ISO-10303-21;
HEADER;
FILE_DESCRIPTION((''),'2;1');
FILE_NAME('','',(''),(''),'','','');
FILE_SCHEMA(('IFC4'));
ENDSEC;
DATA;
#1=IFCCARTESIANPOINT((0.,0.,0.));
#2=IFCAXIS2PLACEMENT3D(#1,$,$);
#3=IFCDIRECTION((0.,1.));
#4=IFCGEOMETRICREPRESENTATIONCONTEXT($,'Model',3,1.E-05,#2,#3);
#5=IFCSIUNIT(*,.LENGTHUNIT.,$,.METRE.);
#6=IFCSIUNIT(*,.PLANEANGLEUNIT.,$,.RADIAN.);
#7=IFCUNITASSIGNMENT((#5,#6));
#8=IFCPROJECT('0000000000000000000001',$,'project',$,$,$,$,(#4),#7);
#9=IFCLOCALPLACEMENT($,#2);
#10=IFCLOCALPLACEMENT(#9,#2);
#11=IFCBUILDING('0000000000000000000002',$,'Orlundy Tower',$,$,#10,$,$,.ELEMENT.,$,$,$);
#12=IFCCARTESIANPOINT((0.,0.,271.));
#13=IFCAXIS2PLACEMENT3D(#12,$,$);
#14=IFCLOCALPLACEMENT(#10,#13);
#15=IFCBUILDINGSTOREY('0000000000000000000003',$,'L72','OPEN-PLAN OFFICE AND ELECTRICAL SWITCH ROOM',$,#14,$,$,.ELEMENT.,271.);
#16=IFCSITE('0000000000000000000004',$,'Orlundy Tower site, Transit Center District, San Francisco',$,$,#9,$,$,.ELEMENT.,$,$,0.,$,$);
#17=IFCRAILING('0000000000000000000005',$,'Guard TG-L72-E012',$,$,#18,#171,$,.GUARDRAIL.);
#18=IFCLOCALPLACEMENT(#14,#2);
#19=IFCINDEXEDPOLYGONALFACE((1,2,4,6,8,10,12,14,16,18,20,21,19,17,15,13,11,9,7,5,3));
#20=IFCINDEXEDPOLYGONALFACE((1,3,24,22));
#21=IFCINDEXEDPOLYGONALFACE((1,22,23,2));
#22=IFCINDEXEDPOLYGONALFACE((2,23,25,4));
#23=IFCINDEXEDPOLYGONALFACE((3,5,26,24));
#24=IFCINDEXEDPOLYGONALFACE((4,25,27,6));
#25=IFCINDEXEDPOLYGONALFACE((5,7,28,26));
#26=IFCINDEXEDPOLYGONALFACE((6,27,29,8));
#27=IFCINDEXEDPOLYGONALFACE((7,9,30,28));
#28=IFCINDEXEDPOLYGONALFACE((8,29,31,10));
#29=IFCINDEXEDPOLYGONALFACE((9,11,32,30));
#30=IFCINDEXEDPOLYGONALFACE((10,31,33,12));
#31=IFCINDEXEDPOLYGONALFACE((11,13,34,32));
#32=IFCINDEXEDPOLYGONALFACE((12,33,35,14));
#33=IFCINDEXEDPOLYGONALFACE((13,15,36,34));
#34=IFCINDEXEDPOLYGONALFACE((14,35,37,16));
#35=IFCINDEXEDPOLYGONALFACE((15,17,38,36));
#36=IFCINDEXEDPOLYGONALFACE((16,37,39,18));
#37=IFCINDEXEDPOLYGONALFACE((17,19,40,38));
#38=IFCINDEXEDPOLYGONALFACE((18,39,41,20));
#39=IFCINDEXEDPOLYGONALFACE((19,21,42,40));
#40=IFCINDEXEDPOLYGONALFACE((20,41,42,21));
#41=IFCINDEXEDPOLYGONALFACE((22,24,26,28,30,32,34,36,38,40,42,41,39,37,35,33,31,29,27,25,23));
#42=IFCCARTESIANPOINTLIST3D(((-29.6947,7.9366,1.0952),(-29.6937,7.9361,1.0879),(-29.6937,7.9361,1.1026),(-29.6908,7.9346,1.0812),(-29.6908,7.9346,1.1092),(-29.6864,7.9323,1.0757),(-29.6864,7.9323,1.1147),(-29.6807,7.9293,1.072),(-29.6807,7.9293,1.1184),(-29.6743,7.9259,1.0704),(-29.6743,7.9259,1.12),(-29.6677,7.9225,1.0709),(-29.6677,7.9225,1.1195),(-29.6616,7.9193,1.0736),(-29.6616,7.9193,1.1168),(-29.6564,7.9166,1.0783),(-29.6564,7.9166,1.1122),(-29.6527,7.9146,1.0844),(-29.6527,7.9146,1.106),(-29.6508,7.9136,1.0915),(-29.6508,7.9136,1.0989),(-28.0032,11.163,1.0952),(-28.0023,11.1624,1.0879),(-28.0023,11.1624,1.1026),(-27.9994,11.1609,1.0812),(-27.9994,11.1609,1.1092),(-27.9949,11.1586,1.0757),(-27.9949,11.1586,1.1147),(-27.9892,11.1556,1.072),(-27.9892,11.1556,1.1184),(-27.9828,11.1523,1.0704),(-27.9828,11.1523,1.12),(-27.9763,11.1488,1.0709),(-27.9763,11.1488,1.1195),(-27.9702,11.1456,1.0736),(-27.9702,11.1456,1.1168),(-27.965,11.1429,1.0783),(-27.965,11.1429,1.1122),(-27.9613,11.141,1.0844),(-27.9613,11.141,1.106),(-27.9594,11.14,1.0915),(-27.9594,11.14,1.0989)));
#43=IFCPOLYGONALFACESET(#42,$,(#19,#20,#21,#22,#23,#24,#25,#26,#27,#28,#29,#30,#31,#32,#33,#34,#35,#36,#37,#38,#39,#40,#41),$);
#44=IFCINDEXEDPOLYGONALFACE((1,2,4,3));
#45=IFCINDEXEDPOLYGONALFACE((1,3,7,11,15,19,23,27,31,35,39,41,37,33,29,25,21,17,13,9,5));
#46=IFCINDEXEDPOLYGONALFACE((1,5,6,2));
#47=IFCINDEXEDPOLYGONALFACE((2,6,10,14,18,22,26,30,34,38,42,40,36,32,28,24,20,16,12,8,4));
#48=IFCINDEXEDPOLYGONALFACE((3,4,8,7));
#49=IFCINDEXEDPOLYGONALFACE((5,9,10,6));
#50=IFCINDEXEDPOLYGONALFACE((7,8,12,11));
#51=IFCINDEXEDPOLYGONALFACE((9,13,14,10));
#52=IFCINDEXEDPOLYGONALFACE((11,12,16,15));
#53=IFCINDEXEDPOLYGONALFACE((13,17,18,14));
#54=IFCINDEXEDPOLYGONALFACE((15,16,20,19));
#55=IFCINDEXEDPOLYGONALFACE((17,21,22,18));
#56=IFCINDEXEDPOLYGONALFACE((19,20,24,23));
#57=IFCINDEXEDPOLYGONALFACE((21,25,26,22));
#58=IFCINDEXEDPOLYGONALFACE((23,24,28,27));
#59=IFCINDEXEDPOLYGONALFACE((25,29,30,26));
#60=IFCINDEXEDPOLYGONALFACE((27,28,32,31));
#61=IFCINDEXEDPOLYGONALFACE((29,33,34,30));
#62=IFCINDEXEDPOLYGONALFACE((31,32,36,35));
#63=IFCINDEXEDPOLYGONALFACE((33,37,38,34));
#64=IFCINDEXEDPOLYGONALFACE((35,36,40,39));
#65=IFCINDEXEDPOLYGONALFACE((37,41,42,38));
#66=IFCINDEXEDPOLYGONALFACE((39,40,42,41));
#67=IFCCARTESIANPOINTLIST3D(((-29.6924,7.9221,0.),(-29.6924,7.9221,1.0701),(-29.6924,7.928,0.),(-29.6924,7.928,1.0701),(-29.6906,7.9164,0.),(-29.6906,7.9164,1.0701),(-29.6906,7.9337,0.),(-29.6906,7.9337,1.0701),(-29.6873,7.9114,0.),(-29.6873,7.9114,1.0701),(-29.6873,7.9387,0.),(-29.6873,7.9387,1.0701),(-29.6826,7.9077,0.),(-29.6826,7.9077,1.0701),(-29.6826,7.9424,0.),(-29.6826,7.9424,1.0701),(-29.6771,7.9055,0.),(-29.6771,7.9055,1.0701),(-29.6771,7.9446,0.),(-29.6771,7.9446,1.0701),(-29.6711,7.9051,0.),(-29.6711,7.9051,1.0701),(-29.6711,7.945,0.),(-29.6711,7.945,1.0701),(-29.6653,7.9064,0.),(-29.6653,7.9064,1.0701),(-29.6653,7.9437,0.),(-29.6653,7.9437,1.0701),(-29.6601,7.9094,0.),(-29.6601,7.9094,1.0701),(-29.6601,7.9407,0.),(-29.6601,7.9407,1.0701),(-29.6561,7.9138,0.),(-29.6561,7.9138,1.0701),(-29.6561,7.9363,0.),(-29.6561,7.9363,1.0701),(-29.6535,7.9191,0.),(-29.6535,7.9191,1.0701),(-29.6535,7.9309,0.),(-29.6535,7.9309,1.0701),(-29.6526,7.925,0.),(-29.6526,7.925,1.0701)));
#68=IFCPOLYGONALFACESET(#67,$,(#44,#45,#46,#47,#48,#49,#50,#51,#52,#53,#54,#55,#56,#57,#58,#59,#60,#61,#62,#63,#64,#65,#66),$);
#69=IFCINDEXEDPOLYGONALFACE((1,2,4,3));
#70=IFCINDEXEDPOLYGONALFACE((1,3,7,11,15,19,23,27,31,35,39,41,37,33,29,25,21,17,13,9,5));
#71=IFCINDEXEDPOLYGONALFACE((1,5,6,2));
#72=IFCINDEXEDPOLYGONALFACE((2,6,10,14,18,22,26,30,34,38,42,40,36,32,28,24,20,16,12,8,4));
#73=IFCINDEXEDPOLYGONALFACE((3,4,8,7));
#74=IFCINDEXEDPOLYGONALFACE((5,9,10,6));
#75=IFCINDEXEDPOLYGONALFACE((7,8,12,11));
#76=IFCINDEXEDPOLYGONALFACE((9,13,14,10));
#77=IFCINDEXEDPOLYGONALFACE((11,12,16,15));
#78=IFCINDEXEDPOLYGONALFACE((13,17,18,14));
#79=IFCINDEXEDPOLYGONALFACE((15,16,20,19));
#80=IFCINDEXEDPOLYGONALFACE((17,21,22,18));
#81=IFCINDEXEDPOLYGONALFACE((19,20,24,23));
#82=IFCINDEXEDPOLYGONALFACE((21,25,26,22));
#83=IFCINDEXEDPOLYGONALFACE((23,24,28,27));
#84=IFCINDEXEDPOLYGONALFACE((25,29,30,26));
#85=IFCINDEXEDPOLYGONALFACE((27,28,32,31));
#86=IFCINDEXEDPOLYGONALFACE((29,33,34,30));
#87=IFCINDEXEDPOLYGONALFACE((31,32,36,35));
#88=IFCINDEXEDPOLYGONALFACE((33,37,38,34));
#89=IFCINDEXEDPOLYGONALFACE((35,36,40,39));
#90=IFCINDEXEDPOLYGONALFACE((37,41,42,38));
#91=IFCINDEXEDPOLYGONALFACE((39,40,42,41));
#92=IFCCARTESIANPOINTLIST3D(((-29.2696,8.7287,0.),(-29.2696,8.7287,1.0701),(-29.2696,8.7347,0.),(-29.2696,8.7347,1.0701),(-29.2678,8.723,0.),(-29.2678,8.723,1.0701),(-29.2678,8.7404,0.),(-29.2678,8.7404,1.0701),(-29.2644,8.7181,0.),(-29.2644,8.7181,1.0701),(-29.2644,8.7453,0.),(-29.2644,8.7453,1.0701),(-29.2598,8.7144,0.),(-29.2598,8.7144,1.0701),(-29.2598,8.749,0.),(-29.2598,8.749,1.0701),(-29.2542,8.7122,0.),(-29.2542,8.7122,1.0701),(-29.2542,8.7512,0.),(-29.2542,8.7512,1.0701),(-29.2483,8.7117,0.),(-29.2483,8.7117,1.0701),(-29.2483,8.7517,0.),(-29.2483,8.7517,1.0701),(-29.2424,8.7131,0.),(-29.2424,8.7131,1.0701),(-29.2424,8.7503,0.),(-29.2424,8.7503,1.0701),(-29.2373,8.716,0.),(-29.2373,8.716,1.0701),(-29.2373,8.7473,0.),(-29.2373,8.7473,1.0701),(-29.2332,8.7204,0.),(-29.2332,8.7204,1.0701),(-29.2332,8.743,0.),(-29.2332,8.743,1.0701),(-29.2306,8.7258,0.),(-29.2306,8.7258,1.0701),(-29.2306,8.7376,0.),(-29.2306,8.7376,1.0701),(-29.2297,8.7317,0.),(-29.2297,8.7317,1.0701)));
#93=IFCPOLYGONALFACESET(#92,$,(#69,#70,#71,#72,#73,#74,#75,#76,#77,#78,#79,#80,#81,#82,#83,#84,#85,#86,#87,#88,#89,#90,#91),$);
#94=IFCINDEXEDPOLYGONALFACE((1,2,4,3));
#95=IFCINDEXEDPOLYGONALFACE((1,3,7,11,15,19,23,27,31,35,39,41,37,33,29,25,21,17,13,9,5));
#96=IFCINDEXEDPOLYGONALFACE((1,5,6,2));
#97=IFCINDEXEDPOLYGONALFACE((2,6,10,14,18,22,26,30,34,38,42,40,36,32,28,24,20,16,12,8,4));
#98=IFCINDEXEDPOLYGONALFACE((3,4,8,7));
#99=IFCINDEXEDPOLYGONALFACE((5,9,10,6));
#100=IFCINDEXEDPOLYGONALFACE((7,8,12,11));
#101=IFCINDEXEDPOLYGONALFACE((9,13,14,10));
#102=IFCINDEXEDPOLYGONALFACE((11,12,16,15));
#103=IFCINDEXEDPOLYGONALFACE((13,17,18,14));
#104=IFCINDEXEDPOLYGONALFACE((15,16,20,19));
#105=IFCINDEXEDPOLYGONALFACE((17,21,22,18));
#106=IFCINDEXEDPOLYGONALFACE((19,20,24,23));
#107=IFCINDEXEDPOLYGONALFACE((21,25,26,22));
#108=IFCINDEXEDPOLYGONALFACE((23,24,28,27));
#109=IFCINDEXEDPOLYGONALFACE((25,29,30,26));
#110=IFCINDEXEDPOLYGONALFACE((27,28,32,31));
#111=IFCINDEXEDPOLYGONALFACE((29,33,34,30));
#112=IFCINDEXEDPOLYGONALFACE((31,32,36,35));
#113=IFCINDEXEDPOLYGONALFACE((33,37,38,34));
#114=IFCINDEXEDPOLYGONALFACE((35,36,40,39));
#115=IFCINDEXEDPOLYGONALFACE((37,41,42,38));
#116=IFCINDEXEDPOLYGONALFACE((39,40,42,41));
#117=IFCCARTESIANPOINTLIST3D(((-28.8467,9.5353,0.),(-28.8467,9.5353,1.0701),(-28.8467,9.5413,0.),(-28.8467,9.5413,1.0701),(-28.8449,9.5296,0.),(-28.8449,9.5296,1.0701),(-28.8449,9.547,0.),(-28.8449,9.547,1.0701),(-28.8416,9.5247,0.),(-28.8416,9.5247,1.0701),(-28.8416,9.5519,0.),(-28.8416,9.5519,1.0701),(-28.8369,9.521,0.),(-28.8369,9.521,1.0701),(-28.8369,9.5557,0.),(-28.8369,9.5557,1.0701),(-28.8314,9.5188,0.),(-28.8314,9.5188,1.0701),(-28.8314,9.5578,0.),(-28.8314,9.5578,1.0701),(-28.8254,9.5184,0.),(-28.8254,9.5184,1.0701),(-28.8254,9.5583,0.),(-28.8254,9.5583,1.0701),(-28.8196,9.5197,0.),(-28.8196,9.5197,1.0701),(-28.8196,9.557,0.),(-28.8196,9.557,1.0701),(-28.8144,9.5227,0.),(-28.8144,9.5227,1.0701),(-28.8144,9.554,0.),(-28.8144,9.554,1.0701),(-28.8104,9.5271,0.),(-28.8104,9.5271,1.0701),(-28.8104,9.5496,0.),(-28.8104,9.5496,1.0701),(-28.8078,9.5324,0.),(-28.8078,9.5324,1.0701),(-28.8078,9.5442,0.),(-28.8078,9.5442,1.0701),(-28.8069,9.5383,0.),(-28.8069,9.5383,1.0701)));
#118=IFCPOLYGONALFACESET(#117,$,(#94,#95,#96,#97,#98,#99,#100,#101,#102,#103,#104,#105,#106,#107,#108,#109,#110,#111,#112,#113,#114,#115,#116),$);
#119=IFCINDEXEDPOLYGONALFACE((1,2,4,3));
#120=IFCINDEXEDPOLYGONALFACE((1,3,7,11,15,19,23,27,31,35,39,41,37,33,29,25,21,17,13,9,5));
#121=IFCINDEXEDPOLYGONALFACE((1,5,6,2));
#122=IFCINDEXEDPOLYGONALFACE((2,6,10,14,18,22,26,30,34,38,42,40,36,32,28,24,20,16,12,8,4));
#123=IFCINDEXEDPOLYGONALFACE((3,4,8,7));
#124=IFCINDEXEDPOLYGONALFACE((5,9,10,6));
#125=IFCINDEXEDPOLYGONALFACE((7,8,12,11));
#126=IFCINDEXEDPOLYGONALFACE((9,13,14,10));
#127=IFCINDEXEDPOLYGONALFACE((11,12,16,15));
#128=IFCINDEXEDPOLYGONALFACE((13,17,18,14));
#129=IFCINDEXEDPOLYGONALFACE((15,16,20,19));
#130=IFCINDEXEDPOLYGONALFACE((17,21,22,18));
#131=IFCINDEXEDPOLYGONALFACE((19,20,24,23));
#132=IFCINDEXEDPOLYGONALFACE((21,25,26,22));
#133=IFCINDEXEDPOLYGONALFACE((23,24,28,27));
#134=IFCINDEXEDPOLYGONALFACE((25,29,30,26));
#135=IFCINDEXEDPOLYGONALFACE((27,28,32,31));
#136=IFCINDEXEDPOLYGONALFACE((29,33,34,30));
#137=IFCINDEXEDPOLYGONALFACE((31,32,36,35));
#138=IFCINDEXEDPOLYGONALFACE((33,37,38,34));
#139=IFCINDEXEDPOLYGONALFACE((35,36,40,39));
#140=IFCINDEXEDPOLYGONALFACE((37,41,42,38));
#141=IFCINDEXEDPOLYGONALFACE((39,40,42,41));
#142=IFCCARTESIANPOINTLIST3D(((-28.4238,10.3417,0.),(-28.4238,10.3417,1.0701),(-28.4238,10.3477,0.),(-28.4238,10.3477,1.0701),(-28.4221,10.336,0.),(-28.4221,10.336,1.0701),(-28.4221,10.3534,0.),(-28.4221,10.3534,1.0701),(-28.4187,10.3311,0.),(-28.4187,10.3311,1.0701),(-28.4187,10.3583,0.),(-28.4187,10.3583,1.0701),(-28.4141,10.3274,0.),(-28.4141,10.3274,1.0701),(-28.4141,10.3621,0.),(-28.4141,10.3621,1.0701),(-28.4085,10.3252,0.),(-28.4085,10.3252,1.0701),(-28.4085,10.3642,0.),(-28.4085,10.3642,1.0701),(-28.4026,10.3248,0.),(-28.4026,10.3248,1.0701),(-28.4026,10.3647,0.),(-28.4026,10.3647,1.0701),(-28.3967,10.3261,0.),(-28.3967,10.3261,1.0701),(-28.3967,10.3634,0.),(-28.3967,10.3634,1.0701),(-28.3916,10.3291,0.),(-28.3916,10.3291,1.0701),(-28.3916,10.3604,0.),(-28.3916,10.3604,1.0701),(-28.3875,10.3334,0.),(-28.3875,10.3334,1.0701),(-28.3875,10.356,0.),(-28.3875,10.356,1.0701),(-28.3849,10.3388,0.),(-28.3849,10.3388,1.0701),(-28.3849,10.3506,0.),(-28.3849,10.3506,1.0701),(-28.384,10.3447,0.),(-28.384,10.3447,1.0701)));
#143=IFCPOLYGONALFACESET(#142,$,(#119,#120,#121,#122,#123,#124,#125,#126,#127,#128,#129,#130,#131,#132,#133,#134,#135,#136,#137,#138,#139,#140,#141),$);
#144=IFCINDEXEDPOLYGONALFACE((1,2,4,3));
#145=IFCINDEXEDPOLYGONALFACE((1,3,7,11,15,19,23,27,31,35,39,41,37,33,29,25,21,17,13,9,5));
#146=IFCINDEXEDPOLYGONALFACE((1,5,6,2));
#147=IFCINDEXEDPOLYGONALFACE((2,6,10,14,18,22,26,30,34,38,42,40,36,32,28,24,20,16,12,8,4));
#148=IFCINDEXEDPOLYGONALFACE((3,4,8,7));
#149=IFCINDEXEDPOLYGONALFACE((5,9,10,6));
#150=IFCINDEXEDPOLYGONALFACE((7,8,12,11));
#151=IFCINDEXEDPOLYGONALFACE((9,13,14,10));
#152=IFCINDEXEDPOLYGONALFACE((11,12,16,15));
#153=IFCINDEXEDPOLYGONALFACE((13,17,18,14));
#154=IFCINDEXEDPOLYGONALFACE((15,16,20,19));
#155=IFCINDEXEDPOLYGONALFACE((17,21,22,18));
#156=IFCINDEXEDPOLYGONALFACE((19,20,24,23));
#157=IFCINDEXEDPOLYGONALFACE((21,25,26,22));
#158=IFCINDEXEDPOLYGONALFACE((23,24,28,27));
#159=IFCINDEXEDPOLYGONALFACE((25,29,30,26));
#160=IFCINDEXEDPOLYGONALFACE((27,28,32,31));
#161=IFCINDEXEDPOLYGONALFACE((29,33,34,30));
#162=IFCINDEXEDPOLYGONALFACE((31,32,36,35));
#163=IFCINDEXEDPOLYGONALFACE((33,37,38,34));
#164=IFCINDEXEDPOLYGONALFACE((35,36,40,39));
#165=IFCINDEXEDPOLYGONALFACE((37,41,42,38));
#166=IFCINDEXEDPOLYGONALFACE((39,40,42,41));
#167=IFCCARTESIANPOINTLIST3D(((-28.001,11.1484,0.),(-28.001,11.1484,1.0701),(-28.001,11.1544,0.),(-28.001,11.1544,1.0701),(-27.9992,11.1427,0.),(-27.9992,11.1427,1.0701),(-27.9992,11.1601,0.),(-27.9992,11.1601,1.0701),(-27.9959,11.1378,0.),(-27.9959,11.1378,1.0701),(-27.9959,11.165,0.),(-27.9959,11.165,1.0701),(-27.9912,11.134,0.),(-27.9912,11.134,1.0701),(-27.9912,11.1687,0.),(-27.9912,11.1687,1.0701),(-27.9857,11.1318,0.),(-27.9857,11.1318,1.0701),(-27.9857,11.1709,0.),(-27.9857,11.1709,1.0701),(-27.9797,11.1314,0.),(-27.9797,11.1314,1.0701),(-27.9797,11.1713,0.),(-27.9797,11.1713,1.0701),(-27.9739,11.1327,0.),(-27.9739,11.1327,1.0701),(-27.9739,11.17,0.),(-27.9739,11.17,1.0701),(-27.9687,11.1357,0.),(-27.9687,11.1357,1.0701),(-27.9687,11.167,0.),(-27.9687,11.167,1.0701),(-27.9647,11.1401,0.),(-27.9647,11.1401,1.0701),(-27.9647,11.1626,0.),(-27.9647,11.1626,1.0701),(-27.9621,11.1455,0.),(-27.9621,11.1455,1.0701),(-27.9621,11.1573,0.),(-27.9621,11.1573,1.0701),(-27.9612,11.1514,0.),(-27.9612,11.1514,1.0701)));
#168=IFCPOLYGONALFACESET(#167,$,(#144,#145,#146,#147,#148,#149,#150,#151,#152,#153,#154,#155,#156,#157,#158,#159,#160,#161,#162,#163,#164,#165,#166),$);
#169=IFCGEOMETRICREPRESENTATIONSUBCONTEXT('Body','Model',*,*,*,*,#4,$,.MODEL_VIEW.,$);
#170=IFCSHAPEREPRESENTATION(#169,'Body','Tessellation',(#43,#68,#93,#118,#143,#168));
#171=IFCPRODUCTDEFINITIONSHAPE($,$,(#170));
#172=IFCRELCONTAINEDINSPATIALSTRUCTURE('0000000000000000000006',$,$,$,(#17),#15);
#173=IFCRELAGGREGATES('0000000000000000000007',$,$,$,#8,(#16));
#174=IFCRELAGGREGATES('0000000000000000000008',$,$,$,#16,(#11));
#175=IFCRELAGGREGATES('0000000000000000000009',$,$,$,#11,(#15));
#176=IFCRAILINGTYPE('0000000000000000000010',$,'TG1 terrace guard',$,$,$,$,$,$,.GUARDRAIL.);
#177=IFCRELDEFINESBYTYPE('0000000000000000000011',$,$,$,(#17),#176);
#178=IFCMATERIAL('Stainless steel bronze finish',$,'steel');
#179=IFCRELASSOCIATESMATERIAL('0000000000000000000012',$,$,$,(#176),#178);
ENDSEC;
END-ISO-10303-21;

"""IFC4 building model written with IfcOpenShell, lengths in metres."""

from ifc_helpers import new_model, si_unit, direction, frame, origin, origin_2d, place, context, subcontext, project, spatial, circle, extrude, material, type_object, element, save


model = new_model("IFC4")

# Units and contexts
model_context = context("Model", 3, precision=1e-05, world=origin(), true_north=direction((0.0, 1.0)))
body_context = subcontext(model_context, "Body", "Model", "MODEL_VIEW")
ifc_project = project(units=[si_unit("LENGTHUNIT", "METRE"), si_unit("PLANEANGLEUNIT", "RADIAN")], contexts=[model_context])

# Site, building, storey
site_placement = place(None, origin())
site = spatial("IfcSite", under=ifc_project, at=site_placement, Name="Orlundy Tower site, Transit Center District, San Francisco", CompositionType="ELEMENT", RefElevation=0.0)
building_placement = place(site_placement, origin())
building = spatial("IfcBuilding", under=site, at=building_placement, Name="Orlundy Tower", CompositionType="ELEMENT")
storey_placement = place(building_placement, frame((0.0, 0.0, 271.0)))
storey = spatial("IfcBuildingStorey", under=building, at=storey_placement, Name="L72", Description="OPEN-PLAN OFFICE AND ELECTRICAL SWITCH ROOM", CompositionType="ELEMENT", Elevation=271.0)

# Railing
ifc_material_1 = material(Name="Stainless steel bronze finish", Category="steel")
railing_type_1 = type_object("IfcRailingType", Name="TG1 terrace guard", PredefinedType="GUARDRAIL", material=ifc_material_1)
railing_1_placement = place(storey_placement, frame((-29.6726, 7.925, 0.0)))
element("IfcRailing", 1, at=railing_1_placement, inside=storey, type_object=railing_type_1, Name="Guard TG-L72-E012", PredefinedType="GUARDRAIL", context=body_context, shape_type="SweptSolid", body=[
    extrude(circle(Radius=0.0249, at=origin_2d()), frame((0.0, 0.0, 1.0952), z_axis=(0.464315, 0.88567, 0.0), x_axis=(-0.88567, 0.464315, 0.0)), (0.0, 0.0, 1.0), 3.6428),
    extrude(circle(Radius=0.02, at=origin_2d()), origin(), (0.0, 0.0, 1.0), 1.0701),
    extrude(circle(Radius=0.02, at=origin_2d()), frame((0.4229, 0.8066, 0.0)), (0.0, 0.0, 1.0), 1.0701),
    extrude(circle(Radius=0.02, at=origin_2d()), frame((0.8457, 1.6133, 0.0)), (0.0, 0.0, 1.0), 1.0701),
    extrude(circle(Radius=0.02, at=origin_2d()), frame((1.2686, 2.4197, 0.0)), (0.0, 0.0, 1.0), 1.0701),
    extrude(circle(Radius=0.02, at=origin_2d()), frame((1.6914, 3.2263, 0.0)), (0.0, 0.0, 1.0), 1.0701),
])

save(model, "model.ifc")
